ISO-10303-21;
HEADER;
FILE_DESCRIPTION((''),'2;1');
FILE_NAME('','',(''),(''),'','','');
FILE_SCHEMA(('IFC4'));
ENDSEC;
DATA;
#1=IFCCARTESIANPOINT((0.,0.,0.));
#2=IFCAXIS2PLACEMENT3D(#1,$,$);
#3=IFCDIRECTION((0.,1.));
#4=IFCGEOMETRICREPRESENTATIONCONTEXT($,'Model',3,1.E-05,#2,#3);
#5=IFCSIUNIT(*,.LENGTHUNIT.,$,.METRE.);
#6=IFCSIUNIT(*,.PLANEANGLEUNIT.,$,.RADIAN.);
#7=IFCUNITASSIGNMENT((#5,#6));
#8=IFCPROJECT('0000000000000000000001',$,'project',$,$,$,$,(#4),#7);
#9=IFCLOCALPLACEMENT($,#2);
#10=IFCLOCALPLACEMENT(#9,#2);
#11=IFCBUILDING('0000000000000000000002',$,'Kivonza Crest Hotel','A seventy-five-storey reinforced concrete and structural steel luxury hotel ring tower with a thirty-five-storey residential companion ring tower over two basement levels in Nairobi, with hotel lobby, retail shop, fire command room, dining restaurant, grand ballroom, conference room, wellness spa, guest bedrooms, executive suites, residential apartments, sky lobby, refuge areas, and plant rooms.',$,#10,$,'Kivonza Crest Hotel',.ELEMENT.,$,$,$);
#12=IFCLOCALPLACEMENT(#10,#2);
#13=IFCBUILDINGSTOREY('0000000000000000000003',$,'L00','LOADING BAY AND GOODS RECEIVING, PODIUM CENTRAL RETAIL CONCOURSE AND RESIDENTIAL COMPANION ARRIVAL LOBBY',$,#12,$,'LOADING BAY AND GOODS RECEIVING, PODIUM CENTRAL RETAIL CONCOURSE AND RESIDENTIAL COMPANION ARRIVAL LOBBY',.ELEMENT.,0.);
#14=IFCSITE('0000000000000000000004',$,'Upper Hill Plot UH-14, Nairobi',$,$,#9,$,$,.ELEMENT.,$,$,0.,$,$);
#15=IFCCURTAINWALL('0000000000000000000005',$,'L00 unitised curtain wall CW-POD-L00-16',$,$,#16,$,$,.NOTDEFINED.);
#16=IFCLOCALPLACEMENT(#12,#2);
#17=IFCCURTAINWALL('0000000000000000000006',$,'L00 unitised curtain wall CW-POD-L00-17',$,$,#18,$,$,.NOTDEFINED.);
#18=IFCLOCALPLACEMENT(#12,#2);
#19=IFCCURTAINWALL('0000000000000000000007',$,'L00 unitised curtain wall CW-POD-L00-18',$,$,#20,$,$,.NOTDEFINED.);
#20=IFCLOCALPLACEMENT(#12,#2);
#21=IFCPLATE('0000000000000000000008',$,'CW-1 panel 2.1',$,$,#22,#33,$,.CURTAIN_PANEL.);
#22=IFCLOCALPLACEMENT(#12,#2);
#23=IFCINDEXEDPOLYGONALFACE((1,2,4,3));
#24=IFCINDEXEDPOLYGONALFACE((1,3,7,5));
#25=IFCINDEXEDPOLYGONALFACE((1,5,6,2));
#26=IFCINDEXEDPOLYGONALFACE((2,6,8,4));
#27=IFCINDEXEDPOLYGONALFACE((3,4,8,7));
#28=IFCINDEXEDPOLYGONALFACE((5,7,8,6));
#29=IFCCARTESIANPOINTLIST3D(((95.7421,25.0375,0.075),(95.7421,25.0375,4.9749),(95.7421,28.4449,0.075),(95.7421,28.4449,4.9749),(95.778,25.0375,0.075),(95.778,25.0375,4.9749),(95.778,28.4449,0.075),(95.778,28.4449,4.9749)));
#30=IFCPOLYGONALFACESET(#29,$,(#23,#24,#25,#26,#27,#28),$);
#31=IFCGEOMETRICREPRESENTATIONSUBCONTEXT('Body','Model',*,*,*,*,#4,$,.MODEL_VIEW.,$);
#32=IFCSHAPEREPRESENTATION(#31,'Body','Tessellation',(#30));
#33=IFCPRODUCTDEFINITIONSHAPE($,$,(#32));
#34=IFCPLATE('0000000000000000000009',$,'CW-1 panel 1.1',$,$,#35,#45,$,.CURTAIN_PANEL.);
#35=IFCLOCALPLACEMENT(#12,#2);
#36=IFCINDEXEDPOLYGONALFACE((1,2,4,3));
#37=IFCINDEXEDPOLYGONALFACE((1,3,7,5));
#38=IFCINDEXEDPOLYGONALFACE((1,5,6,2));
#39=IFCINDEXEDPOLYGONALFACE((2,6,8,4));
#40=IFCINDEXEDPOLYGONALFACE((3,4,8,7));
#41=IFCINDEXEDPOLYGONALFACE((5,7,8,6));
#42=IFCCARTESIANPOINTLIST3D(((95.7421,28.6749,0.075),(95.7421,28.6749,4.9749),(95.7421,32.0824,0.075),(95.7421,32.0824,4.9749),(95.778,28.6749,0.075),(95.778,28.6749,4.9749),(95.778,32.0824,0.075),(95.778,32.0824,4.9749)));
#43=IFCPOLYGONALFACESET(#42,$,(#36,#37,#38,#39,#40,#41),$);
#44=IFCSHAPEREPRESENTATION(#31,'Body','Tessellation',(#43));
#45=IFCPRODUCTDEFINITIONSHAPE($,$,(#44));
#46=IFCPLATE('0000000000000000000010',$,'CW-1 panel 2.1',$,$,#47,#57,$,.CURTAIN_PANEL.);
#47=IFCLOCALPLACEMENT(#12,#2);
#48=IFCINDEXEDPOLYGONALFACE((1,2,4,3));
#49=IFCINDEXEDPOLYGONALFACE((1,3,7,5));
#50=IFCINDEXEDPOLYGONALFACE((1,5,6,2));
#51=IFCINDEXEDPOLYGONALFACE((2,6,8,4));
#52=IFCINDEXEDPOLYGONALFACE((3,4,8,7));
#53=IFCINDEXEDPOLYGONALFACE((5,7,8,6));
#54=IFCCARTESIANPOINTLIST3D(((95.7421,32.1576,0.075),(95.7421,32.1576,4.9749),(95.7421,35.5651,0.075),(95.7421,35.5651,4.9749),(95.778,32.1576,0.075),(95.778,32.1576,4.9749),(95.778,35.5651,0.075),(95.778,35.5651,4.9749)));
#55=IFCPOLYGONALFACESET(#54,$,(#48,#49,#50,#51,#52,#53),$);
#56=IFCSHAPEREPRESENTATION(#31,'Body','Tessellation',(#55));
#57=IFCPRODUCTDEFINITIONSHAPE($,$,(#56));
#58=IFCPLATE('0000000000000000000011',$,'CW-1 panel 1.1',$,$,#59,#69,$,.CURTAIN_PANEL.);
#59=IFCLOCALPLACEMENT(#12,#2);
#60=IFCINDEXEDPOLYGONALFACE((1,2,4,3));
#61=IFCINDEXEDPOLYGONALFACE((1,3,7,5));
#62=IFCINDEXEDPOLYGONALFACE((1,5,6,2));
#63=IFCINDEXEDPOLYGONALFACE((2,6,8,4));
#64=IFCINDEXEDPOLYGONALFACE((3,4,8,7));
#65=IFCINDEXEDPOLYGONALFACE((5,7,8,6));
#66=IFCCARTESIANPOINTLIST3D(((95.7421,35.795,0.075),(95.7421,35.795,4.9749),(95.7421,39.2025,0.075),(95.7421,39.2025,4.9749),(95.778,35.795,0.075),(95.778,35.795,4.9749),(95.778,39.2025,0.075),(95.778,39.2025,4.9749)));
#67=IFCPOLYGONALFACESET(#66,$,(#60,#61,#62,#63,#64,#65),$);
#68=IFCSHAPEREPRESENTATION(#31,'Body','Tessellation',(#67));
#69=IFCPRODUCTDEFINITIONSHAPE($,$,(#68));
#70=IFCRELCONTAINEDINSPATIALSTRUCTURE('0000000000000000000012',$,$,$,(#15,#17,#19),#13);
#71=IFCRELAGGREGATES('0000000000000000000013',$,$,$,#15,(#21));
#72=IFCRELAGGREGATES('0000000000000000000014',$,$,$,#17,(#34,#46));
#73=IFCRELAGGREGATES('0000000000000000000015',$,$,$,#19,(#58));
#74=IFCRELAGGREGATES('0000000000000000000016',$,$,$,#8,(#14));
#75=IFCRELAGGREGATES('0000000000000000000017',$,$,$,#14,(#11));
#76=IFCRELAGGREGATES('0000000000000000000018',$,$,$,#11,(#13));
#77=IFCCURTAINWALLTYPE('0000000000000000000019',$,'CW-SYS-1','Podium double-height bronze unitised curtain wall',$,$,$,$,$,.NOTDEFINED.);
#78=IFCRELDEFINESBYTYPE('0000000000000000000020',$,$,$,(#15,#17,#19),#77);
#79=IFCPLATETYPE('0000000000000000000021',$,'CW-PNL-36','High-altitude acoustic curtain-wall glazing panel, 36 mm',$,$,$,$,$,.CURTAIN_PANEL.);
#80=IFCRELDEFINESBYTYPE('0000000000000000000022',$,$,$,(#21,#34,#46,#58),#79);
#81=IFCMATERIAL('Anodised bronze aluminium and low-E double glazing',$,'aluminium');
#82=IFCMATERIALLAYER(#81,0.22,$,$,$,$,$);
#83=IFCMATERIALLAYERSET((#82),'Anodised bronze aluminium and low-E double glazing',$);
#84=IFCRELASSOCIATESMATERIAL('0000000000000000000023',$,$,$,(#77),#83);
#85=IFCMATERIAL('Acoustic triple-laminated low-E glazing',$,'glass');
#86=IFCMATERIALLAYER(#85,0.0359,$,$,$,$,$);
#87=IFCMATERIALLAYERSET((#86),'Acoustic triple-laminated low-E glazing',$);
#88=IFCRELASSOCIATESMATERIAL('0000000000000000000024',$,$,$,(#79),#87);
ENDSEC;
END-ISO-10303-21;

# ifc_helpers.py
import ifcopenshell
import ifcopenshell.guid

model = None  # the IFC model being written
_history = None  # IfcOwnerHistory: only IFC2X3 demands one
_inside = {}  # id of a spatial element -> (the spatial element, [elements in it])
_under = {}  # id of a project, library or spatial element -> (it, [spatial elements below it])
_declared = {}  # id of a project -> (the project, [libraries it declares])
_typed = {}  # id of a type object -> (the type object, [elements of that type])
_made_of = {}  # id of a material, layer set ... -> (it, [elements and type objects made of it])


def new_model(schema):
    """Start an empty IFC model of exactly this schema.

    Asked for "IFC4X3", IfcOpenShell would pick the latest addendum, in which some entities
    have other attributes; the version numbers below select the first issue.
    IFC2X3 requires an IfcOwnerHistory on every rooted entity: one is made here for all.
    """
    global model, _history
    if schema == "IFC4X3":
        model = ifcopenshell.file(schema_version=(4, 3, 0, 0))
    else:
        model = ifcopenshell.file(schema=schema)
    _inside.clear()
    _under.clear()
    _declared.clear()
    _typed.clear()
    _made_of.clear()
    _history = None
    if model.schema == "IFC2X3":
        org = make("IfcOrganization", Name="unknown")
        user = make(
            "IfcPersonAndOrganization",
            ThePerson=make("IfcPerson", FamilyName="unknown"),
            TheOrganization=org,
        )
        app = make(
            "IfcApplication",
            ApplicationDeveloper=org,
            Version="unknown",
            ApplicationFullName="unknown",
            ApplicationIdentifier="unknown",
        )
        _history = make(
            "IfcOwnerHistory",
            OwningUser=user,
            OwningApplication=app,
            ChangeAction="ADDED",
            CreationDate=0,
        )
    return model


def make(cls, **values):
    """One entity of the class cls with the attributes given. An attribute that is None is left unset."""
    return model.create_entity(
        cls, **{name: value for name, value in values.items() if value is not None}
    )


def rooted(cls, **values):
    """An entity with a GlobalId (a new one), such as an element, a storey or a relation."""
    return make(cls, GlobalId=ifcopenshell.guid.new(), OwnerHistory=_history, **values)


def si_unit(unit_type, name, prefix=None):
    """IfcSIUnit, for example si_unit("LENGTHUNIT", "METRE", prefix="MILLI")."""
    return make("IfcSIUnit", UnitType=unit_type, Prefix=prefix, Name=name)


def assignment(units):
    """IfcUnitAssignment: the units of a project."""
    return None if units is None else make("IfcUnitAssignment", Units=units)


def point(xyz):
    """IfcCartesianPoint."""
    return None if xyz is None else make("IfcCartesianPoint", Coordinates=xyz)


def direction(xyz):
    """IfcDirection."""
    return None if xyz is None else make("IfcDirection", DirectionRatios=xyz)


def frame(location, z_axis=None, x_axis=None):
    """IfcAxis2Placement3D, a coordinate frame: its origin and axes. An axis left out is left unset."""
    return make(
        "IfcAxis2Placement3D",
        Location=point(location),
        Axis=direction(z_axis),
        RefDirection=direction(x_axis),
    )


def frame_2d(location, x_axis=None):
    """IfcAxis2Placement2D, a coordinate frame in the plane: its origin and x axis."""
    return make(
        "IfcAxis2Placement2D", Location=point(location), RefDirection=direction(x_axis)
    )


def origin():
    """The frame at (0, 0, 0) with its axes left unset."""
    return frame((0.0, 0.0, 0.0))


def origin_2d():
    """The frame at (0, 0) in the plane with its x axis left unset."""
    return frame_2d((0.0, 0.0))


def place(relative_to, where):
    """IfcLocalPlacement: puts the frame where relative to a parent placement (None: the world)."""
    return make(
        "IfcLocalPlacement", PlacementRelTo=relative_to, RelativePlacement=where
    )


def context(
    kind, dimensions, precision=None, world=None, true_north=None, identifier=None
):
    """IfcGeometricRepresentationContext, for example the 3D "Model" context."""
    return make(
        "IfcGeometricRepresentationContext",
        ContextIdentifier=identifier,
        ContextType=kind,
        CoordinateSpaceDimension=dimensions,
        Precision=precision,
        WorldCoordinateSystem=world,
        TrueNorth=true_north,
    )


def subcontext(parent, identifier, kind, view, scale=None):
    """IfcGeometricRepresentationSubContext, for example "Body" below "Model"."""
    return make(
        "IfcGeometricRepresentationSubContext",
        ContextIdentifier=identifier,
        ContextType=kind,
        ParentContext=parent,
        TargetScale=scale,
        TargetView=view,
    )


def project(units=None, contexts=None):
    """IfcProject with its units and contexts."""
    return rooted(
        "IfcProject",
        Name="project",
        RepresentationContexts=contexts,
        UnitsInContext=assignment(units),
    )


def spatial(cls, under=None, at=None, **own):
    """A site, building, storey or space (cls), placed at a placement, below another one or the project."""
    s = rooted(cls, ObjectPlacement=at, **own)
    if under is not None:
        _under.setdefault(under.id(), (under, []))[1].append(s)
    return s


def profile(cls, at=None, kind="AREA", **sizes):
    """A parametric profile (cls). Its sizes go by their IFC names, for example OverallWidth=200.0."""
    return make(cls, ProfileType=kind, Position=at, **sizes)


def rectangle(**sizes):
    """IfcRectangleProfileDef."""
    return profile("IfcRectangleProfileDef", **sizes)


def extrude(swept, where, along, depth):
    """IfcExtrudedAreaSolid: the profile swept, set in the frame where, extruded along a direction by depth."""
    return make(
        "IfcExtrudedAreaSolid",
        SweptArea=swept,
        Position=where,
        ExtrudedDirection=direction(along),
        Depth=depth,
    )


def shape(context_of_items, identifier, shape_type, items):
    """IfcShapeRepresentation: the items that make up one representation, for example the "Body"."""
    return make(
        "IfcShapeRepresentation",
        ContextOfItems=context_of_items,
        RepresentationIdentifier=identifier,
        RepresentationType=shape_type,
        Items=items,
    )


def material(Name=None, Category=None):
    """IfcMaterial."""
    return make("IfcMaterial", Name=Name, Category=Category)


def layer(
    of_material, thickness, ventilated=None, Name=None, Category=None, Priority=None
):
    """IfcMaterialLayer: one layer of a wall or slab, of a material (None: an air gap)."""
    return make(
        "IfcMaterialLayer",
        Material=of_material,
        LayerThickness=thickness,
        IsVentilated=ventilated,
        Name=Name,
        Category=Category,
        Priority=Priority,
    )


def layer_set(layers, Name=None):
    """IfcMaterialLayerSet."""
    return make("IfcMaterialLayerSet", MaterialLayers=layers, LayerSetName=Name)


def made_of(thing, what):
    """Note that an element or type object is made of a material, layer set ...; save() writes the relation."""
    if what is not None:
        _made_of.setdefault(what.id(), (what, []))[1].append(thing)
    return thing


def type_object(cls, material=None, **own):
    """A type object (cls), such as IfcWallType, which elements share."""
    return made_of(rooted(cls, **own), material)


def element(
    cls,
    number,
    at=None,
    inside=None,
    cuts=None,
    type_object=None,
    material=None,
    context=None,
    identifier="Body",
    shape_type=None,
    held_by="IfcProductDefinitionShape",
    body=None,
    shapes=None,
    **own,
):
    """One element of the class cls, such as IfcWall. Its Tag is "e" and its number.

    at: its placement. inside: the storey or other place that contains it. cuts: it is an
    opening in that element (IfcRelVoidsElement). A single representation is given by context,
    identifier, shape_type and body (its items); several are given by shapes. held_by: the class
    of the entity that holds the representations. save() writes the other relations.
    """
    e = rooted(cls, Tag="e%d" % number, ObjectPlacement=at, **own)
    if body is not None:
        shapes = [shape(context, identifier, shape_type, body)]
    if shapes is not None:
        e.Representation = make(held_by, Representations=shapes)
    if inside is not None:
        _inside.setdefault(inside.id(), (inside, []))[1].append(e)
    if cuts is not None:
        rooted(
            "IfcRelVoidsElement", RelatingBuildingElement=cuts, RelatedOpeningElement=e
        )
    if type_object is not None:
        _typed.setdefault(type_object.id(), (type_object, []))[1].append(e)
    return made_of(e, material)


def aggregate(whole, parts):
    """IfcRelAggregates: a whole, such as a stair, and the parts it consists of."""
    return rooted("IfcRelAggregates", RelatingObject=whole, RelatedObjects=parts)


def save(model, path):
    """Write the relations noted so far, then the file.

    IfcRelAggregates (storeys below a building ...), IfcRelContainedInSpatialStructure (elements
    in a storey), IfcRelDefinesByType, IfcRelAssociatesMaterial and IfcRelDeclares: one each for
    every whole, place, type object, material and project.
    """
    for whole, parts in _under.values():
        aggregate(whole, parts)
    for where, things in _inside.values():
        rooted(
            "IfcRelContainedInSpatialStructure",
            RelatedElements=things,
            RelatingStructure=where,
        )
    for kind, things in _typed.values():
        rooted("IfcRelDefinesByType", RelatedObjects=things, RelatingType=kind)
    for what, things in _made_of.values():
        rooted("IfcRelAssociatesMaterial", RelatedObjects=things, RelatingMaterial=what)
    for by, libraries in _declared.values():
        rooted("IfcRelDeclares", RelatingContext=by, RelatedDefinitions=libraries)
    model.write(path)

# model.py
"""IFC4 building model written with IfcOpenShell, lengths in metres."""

from ifc_helpers import new_model, si_unit, direction, frame, origin, origin_2d, place, context, subcontext, project, spatial, rectangle, extrude, material, layer, layer_set, type_object, element, aggregate, save


model = new_model("IFC4")

# Units and contexts
model_context = context("Model", 3, precision=1e-05, world=origin(), true_north=direction((0.0, 1.0)))
body_context = subcontext(model_context, "Body", "Model", "MODEL_VIEW")
ifc_project = project(units=[si_unit("LENGTHUNIT", "METRE"), si_unit("PLANEANGLEUNIT", "RADIAN")], contexts=[model_context])

# Site, building, storey
site_placement = place(None, origin())
site = spatial("IfcSite", under=ifc_project, at=site_placement, Name="Upper Hill Plot UH-14, Nairobi", CompositionType="ELEMENT", RefElevation=0.0)
building_placement = place(site_placement, origin())
building = spatial("IfcBuilding", under=site, at=building_placement, Name="Kivonza Crest Hotel", Description="A seventy-five-storey reinforced concrete and structural steel luxury hotel ring tower with a thirty-five-storey residential companion ring tower over two basement levels in Nairobi, with hotel lobby, retail shop, fire command room, dining restaurant, grand ballroom, conference room, wellness spa, guest bedrooms, executive suites, residential apartments, sky lobby, refuge areas, and plant rooms.", LongName="Kivonza Crest Hotel", CompositionType="ELEMENT")
storey_placement = place(building_placement, origin())
storey = spatial("IfcBuildingStorey", under=building, at=storey_placement, Name="L00", Description="LOADING BAY AND GOODS RECEIVING, PODIUM CENTRAL RETAIL CONCOURSE AND RESIDENTIAL COMPANION ARRIVAL LOBBY", LongName="LOADING BAY AND GOODS RECEIVING, PODIUM CENTRAL RETAIL CONCOURSE AND RESIDENTIAL COMPANION ARRIVAL LOBBY", CompositionType="ELEMENT", Elevation=0.0)

# Curtain wall
ifc_material_1 = material(Name="Anodised bronze aluminium and low-E double glazing", Category="aluminium")
ifc_layer_1 = layer(ifc_material_1, 0.22)
ifc_layer_set_1 = layer_set([ifc_layer_1], Name="Anodised bronze aluminium and low-E double glazing")
curtain_wall_type = type_object("IfcCurtainWallType", Name="CW-SYS-1", Description="Podium double-height bronze unitised curtain wall", PredefinedType="NOTDEFINED", material=ifc_layer_set_1)
curtain_wall_1_placement = place(storey_placement, origin())
curtain_wall_1 = element("IfcCurtainWall", 1, at=curtain_wall_1_placement, inside=storey, type_object=curtain_wall_type, Name="L00 unitised curtain wall CW-POD-L00-16", PredefinedType="NOTDEFINED")

# Curtain walls
curtain_wall_2_placement = place(storey_placement, origin())
curtain_wall_2 = element("IfcCurtainWall", 2, at=curtain_wall_2_placement, inside=storey, type_object=curtain_wall_type, Name="L00 unitised curtain wall CW-POD-L00-17", PredefinedType="NOTDEFINED")
curtain_wall_3_placement = place(storey_placement, origin())
curtain_wall_3 = element("IfcCurtainWall", 3, at=curtain_wall_3_placement, inside=storey, type_object=curtain_wall_type, Name="L00 unitised curtain wall CW-POD-L00-18", PredefinedType="NOTDEFINED")

# Plates
ifc_material_2 = material(Name="Acoustic triple-laminated low-E glazing", Category="glass")
ifc_layer_2 = layer(ifc_material_2, 0.0359)
ifc_layer_set_2 = layer_set([ifc_layer_2], Name="Acoustic triple-laminated low-E glazing")
plate_type = type_object("IfcPlateType", Name="CW-PNL-36", Description="High-altitude acoustic curtain-wall glazing panel, 36 mm", PredefinedType="CURTAIN_PANEL", material=ifc_layer_set_2)
plate_1_placement = place(storey_placement, frame((95.76, 26.7412, 0.075), z_axis=(0.0, 0.0, 1.0), x_axis=(0.0, 1.0, 0.0)))
plate_1 = element("IfcPlate", 4, at=plate_1_placement, type_object=plate_type, Name="CW-1 panel 2.1", PredefinedType="CURTAIN_PANEL", context=body_context, shape_type="SweptSolid", body=[
    extrude(rectangle(XDim=3.4075, YDim=0.0359, at=origin_2d()), origin(), (0.0, 0.0, 1.0), 4.8999),
])
aggregate(curtain_wall_1, [plate_1])
plate_2_placement = place(storey_placement, frame((95.76, 30.3787, 0.075), z_axis=(0.0, 0.0, 1.0), x_axis=(0.0, 1.0, 0.0)))
plate_2 = element("IfcPlate", 5, at=plate_2_placement, type_object=plate_type, Name="CW-1 panel 1.1", PredefinedType="CURTAIN_PANEL", context=body_context, shape_type="SweptSolid", body=[
    extrude(rectangle(XDim=3.4075, YDim=0.0359, at=origin_2d()), origin(), (0.0, 0.0, 1.0), 4.8999),
])
plate_3_placement = place(storey_placement, frame((95.76, 33.8613, 0.075), z_axis=(0.0, 0.0, 1.0), x_axis=(0.0, 1.0, 0.0)))
plate_3 = element("IfcPlate", 6, at=plate_3_placement, type_object=plate_type, Name="CW-1 panel 2.1", PredefinedType="CURTAIN_PANEL", context=body_context, shape_type="SweptSolid", body=[
    extrude(rectangle(XDim=3.4075, YDim=0.0359, at=origin_2d()), origin(), (0.0, 0.0, 1.0), 4.8999),
])
aggregate(curtain_wall_2, [plate_2, plate_3])
plate_4_placement = place(storey_placement, frame((95.76, 37.4988, 0.075), z_axis=(0.0, 0.0, 1.0), x_axis=(0.0, 1.0, 0.0)))
plate_4 = element("IfcPlate", 7, at=plate_4_placement, type_object=plate_type, Name="CW-1 panel 1.1", PredefinedType="CURTAIN_PANEL", context=body_context, shape_type="SweptSolid", body=[
    extrude(rectangle(XDim=3.4075, YDim=0.0359, at=origin_2d()), origin(), (0.0, 0.0, 1.0), 4.8999),
])
aggregate(curtain_wall_3, [plate_4])

save(model, "model.ifc")
